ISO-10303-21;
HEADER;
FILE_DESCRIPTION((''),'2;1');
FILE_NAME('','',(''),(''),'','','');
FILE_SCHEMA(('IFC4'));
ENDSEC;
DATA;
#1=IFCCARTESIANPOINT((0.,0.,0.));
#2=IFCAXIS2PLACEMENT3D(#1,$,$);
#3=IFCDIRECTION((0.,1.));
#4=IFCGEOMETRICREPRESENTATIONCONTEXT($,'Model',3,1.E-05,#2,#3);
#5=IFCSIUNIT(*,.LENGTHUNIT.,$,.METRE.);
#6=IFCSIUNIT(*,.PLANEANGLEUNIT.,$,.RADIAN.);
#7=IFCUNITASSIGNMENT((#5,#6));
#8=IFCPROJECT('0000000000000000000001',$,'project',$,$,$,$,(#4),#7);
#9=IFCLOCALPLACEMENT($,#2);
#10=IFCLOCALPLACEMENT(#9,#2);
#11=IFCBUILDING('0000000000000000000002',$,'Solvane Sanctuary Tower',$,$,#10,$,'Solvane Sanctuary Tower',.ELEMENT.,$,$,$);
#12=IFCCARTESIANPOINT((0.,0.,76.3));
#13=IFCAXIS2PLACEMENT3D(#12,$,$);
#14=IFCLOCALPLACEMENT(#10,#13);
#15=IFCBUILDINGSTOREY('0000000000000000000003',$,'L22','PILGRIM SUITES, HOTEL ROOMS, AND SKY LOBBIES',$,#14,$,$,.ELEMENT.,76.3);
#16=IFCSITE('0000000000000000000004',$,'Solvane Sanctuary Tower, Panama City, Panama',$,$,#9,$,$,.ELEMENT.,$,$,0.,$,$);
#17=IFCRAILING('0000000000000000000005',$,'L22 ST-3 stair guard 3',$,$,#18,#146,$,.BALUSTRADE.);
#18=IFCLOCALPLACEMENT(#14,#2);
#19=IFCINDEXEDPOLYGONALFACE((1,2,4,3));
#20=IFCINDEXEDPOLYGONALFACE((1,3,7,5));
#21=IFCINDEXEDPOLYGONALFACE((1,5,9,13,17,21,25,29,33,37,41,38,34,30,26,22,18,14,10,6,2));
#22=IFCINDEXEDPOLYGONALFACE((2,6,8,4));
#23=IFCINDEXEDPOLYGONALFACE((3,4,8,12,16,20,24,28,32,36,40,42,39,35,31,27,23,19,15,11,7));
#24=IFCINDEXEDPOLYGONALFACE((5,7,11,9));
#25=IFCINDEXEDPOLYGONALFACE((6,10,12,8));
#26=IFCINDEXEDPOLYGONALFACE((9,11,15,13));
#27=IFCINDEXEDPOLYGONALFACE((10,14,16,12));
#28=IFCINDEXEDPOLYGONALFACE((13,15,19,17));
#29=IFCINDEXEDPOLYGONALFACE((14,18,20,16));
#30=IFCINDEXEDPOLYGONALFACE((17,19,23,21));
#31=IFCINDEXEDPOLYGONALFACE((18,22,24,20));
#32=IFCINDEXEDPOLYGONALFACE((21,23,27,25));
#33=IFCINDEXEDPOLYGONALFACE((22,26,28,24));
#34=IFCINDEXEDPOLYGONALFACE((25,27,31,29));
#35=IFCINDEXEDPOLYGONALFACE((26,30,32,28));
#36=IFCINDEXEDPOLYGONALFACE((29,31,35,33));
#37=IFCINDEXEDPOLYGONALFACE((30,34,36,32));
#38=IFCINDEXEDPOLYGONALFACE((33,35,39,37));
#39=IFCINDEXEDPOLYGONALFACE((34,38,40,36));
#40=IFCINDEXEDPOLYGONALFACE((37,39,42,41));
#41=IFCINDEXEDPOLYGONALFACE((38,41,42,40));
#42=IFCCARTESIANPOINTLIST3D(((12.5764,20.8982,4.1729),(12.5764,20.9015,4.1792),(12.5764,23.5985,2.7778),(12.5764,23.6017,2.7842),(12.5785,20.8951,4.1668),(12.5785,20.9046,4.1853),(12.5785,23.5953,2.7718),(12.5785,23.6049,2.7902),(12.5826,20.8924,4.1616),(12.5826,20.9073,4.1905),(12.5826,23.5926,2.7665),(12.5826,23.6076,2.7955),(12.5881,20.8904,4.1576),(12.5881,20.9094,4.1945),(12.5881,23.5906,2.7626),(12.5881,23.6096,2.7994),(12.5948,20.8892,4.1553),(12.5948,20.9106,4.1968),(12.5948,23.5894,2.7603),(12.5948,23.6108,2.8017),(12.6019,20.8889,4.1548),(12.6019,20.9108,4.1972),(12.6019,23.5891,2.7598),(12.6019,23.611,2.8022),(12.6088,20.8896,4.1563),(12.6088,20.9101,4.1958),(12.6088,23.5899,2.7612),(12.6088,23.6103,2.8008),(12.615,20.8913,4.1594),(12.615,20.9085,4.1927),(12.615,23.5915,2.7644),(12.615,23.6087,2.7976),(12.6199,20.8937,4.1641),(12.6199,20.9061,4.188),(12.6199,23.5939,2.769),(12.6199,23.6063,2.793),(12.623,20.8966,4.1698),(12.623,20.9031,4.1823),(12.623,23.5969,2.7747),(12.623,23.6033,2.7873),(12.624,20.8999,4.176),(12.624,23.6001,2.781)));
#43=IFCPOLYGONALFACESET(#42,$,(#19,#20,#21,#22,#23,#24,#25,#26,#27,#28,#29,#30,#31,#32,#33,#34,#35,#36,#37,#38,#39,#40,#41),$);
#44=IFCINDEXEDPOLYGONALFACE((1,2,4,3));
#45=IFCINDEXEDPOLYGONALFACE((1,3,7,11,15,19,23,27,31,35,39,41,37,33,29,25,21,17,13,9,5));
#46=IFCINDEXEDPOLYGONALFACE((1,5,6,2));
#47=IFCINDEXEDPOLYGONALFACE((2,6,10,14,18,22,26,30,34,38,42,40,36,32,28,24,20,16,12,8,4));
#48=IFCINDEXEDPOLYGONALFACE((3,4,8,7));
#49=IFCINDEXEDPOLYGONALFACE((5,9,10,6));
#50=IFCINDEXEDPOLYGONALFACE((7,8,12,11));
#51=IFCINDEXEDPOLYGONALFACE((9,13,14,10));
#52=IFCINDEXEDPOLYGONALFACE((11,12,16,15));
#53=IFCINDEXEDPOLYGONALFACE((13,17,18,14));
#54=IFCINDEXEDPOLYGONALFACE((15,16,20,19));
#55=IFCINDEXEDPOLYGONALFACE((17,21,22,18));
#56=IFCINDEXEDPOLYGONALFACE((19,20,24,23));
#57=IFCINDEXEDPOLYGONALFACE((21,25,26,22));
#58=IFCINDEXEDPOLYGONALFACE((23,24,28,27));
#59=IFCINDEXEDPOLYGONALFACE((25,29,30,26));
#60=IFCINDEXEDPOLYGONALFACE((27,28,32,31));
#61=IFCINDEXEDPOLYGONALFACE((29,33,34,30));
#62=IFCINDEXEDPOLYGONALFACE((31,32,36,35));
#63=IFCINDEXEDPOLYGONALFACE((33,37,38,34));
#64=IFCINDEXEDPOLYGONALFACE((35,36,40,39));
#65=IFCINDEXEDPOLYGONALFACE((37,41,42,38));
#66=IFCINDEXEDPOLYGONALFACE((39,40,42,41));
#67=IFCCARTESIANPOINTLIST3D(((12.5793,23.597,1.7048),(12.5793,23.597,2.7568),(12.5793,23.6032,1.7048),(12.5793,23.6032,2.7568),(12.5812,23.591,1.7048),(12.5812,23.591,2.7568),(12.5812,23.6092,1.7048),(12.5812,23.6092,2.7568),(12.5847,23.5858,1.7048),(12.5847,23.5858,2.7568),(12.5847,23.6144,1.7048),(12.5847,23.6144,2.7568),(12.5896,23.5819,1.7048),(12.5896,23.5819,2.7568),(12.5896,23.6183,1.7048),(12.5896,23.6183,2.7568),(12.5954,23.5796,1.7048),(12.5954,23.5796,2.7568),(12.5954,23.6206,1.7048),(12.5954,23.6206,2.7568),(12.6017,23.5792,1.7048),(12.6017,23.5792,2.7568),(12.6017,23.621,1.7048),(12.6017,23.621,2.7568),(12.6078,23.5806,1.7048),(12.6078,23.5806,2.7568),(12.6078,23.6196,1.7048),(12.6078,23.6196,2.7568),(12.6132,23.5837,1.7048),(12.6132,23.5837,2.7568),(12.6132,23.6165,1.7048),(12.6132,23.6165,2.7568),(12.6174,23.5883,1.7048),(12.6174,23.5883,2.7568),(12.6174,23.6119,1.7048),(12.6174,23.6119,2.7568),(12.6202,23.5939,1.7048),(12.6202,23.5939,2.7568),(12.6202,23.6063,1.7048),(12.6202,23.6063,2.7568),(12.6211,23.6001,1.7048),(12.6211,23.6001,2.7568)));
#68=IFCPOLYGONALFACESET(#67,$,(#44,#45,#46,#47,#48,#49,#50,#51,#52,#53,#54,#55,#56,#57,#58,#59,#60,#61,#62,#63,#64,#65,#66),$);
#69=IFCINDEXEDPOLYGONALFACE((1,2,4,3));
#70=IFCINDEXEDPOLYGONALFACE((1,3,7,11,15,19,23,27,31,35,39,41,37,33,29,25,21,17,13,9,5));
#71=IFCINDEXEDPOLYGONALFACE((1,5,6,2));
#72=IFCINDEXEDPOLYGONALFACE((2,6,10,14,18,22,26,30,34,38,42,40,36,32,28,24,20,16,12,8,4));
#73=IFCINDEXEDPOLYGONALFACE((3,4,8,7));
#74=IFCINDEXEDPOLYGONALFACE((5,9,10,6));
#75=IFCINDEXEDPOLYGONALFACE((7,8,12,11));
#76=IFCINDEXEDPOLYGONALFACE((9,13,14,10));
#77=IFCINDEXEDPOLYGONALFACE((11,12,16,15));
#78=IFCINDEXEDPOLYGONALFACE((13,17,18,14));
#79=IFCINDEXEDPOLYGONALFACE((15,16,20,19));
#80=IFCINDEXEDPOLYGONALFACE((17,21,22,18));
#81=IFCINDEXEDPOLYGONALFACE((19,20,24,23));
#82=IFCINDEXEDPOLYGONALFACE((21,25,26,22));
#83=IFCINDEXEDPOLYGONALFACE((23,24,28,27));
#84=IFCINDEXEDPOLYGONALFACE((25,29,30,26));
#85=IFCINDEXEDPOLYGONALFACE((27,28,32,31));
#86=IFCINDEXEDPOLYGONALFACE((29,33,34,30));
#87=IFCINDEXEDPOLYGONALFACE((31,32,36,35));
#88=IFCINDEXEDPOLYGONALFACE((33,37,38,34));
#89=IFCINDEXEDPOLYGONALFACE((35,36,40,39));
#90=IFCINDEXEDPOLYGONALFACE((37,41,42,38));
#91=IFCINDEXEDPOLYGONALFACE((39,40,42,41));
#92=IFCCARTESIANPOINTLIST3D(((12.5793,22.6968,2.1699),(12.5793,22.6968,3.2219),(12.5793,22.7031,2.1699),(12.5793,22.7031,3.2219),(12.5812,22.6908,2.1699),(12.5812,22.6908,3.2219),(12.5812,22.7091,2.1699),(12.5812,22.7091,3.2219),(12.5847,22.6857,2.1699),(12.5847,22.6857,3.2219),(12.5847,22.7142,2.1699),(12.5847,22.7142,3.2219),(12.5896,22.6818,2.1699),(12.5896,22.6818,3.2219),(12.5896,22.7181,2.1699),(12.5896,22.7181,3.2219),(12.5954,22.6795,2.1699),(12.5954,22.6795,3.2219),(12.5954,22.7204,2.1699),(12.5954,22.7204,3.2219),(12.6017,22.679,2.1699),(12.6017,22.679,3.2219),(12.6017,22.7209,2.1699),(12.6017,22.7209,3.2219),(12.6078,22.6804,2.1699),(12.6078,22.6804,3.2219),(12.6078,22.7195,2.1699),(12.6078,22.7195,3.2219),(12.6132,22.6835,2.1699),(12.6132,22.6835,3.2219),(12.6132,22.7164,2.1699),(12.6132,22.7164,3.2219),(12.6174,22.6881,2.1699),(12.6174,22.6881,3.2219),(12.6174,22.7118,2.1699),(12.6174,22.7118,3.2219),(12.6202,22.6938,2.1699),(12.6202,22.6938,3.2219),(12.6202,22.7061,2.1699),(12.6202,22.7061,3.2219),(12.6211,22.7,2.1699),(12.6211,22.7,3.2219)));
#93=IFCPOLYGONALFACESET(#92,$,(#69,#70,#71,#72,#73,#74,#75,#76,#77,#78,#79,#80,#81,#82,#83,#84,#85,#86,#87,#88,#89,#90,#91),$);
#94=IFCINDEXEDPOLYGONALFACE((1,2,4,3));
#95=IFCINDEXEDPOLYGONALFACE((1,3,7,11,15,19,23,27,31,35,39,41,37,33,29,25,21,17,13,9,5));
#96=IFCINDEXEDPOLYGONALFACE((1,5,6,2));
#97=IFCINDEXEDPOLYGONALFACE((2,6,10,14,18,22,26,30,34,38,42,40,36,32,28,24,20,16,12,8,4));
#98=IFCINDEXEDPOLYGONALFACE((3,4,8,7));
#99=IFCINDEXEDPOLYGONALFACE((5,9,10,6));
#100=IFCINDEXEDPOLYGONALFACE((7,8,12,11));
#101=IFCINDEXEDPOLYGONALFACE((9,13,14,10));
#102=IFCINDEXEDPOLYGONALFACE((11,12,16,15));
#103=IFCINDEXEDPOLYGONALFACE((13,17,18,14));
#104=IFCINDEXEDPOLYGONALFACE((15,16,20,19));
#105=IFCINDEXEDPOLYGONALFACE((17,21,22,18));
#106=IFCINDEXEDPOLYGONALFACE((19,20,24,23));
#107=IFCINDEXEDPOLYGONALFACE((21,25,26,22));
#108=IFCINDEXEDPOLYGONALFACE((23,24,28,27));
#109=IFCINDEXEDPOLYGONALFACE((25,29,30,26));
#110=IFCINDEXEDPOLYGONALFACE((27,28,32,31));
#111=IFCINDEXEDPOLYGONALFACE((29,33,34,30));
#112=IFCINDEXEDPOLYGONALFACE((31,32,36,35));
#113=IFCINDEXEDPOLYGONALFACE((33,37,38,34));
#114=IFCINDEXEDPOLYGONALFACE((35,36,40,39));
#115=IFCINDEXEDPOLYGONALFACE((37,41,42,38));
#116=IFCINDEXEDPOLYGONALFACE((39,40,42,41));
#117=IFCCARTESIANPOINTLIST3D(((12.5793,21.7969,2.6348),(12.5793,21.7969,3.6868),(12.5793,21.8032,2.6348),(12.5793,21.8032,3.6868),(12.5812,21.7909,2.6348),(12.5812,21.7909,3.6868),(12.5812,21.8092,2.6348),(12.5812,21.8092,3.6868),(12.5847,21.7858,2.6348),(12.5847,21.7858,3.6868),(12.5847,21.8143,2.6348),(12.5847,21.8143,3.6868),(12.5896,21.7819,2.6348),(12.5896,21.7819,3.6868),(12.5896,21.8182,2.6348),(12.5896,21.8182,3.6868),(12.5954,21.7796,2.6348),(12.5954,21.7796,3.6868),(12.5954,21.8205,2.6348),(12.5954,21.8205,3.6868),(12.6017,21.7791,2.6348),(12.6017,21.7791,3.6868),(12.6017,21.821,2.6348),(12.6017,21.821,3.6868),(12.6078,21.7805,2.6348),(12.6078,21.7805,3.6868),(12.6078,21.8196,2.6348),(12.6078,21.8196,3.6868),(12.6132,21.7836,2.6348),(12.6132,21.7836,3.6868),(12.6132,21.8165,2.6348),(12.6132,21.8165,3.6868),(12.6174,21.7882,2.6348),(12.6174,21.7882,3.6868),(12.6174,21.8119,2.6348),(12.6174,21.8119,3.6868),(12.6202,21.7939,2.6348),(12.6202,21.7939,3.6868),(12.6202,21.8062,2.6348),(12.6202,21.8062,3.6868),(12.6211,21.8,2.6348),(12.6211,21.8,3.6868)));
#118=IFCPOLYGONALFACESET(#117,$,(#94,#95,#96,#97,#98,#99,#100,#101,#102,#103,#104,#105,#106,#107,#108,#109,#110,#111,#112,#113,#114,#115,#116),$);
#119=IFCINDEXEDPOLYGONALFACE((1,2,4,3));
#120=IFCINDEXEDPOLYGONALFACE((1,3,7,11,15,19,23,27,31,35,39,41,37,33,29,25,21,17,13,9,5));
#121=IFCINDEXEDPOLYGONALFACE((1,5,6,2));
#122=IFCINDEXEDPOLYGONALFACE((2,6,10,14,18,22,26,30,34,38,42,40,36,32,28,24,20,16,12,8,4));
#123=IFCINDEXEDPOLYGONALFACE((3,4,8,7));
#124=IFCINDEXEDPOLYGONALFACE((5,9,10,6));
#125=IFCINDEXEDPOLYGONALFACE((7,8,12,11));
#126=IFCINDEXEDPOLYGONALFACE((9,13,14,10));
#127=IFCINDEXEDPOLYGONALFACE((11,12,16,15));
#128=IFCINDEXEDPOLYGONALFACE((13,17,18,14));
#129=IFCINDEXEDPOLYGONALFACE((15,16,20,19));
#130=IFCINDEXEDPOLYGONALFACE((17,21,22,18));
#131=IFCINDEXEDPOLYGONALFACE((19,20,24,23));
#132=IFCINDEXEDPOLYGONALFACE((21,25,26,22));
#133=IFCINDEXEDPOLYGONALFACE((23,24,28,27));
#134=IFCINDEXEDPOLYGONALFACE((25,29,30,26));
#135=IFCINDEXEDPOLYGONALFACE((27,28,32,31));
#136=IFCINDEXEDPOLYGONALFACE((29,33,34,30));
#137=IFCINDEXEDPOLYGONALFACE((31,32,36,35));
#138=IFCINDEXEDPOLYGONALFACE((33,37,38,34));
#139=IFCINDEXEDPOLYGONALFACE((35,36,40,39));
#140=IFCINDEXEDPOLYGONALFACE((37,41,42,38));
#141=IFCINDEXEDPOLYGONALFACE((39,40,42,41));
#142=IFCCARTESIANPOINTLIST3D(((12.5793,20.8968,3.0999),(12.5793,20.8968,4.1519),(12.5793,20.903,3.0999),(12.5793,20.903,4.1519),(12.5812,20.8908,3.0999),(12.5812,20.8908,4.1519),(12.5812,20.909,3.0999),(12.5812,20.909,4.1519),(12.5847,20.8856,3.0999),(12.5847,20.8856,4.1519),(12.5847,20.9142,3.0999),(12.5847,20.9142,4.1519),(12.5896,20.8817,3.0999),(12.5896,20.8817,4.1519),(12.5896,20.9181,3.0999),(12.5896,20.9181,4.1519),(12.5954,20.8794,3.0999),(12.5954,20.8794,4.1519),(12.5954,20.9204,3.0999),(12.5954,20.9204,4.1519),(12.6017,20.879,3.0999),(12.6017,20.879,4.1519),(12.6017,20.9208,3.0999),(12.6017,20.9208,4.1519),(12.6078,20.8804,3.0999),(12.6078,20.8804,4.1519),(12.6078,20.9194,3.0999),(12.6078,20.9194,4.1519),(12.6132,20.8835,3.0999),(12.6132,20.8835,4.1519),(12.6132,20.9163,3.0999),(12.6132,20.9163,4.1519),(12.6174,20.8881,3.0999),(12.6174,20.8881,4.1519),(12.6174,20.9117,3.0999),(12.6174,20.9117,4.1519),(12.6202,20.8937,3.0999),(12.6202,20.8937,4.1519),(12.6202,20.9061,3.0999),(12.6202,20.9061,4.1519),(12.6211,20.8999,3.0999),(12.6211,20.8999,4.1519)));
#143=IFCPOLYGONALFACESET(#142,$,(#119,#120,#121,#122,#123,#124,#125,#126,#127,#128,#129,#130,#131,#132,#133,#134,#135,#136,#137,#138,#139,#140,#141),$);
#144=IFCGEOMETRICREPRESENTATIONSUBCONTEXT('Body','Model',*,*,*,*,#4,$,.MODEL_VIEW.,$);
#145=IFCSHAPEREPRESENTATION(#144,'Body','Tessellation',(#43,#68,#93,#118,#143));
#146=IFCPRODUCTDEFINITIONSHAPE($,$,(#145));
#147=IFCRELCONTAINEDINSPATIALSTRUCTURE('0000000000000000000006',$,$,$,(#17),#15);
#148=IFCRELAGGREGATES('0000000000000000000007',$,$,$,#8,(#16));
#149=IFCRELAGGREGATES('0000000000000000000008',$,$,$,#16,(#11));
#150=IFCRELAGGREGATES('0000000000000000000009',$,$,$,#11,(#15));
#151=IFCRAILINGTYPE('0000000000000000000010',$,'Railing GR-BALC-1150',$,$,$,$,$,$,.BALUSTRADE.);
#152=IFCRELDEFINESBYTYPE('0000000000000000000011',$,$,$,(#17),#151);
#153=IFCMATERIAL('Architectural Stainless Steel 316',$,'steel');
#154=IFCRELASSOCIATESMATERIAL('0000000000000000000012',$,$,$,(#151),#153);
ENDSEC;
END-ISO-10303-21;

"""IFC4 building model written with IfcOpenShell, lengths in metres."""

from ifc_helpers import new_model, si_unit, direction, frame, origin, origin_2d, place, context, subcontext, project, spatial, circle, extrude, material, type_object, element, save


model = new_model("IFC4")

# Units and contexts
model_context = context("Model", 3, precision=1e-05, world=origin(), true_north=direction((0.0, 1.0)))
body_context = subcontext(model_context, "Body", "Model", "MODEL_VIEW")
ifc_project = project(units=[si_unit("LENGTHUNIT", "METRE"), si_unit("PLANEANGLEUNIT", "RADIAN")], contexts=[model_context])

# Site, building, storey
site_placement = place(None, origin())
site = spatial("IfcSite", under=ifc_project, at=site_placement, Name="Solvane Sanctuary Tower, Panama City, Panama", CompositionType="ELEMENT", RefElevation=0.0)
building_placement = place(site_placement, origin())
building = spatial("IfcBuilding", under=site, at=building_placement, Name="Solvane Sanctuary Tower", LongName="Solvane Sanctuary Tower", CompositionType="ELEMENT")
storey_placement = place(building_placement, frame((0.0, 0.0, 76.3)))
storey = spatial("IfcBuildingStorey", under=building, at=storey_placement, Name="L22", Description="PILGRIM SUITES, HOTEL ROOMS, AND SKY LOBBIES", CompositionType="ELEMENT", Elevation=76.3)

# Shared definitions
ifc_material_1 = material(Name="Architectural Stainless Steel 316", Category="steel")

# Railing
railing_type_1 = type_object("IfcRailingType", Name="Railing GR-BALC-1150", PredefinedType="BALUSTRADE", material=ifc_material_1)
railing_1_placement = place(storey_placement, frame((12.6001, 23.6001, 1.7048)))
element("IfcRailing", 1, at=railing_1_placement, inside=storey, type_object=railing_type_1, Name="L22 ST-3 stair guard 3", PredefinedType="BALUSTRADE", context=body_context, shape_type="SweptSolid", body=[
    extrude(circle(Radius=0.0239, at=origin_2d()), frame((0.0, 0.0, 1.0762), z_axis=(0.0, -0.888437, 0.458999), x_axis=(1.0, 0.0, 0.0)), (0.0, 0.0, 1.0), 3.0393),
    extrude(circle(Radius=0.021, at=origin_2d()), origin(), (0.0, 0.0, 1.0), 1.052),
    extrude(circle(Radius=0.021, at=origin_2d()), frame((0.0, -0.9001, 0.4651)), (0.0, 0.0, 1.0), 1.052),
    extrude(circle(Radius=0.021, at=origin_2d()), frame((0.0, -1.8, 0.9299)), (0.0, 0.0, 1.0), 1.052),
    extrude(circle(Radius=0.021, at=origin_2d()), frame((0.0, -2.7002, 1.395)), (0.0, 0.0, 1.0), 1.052),
])

save(model, "model.ifc")
